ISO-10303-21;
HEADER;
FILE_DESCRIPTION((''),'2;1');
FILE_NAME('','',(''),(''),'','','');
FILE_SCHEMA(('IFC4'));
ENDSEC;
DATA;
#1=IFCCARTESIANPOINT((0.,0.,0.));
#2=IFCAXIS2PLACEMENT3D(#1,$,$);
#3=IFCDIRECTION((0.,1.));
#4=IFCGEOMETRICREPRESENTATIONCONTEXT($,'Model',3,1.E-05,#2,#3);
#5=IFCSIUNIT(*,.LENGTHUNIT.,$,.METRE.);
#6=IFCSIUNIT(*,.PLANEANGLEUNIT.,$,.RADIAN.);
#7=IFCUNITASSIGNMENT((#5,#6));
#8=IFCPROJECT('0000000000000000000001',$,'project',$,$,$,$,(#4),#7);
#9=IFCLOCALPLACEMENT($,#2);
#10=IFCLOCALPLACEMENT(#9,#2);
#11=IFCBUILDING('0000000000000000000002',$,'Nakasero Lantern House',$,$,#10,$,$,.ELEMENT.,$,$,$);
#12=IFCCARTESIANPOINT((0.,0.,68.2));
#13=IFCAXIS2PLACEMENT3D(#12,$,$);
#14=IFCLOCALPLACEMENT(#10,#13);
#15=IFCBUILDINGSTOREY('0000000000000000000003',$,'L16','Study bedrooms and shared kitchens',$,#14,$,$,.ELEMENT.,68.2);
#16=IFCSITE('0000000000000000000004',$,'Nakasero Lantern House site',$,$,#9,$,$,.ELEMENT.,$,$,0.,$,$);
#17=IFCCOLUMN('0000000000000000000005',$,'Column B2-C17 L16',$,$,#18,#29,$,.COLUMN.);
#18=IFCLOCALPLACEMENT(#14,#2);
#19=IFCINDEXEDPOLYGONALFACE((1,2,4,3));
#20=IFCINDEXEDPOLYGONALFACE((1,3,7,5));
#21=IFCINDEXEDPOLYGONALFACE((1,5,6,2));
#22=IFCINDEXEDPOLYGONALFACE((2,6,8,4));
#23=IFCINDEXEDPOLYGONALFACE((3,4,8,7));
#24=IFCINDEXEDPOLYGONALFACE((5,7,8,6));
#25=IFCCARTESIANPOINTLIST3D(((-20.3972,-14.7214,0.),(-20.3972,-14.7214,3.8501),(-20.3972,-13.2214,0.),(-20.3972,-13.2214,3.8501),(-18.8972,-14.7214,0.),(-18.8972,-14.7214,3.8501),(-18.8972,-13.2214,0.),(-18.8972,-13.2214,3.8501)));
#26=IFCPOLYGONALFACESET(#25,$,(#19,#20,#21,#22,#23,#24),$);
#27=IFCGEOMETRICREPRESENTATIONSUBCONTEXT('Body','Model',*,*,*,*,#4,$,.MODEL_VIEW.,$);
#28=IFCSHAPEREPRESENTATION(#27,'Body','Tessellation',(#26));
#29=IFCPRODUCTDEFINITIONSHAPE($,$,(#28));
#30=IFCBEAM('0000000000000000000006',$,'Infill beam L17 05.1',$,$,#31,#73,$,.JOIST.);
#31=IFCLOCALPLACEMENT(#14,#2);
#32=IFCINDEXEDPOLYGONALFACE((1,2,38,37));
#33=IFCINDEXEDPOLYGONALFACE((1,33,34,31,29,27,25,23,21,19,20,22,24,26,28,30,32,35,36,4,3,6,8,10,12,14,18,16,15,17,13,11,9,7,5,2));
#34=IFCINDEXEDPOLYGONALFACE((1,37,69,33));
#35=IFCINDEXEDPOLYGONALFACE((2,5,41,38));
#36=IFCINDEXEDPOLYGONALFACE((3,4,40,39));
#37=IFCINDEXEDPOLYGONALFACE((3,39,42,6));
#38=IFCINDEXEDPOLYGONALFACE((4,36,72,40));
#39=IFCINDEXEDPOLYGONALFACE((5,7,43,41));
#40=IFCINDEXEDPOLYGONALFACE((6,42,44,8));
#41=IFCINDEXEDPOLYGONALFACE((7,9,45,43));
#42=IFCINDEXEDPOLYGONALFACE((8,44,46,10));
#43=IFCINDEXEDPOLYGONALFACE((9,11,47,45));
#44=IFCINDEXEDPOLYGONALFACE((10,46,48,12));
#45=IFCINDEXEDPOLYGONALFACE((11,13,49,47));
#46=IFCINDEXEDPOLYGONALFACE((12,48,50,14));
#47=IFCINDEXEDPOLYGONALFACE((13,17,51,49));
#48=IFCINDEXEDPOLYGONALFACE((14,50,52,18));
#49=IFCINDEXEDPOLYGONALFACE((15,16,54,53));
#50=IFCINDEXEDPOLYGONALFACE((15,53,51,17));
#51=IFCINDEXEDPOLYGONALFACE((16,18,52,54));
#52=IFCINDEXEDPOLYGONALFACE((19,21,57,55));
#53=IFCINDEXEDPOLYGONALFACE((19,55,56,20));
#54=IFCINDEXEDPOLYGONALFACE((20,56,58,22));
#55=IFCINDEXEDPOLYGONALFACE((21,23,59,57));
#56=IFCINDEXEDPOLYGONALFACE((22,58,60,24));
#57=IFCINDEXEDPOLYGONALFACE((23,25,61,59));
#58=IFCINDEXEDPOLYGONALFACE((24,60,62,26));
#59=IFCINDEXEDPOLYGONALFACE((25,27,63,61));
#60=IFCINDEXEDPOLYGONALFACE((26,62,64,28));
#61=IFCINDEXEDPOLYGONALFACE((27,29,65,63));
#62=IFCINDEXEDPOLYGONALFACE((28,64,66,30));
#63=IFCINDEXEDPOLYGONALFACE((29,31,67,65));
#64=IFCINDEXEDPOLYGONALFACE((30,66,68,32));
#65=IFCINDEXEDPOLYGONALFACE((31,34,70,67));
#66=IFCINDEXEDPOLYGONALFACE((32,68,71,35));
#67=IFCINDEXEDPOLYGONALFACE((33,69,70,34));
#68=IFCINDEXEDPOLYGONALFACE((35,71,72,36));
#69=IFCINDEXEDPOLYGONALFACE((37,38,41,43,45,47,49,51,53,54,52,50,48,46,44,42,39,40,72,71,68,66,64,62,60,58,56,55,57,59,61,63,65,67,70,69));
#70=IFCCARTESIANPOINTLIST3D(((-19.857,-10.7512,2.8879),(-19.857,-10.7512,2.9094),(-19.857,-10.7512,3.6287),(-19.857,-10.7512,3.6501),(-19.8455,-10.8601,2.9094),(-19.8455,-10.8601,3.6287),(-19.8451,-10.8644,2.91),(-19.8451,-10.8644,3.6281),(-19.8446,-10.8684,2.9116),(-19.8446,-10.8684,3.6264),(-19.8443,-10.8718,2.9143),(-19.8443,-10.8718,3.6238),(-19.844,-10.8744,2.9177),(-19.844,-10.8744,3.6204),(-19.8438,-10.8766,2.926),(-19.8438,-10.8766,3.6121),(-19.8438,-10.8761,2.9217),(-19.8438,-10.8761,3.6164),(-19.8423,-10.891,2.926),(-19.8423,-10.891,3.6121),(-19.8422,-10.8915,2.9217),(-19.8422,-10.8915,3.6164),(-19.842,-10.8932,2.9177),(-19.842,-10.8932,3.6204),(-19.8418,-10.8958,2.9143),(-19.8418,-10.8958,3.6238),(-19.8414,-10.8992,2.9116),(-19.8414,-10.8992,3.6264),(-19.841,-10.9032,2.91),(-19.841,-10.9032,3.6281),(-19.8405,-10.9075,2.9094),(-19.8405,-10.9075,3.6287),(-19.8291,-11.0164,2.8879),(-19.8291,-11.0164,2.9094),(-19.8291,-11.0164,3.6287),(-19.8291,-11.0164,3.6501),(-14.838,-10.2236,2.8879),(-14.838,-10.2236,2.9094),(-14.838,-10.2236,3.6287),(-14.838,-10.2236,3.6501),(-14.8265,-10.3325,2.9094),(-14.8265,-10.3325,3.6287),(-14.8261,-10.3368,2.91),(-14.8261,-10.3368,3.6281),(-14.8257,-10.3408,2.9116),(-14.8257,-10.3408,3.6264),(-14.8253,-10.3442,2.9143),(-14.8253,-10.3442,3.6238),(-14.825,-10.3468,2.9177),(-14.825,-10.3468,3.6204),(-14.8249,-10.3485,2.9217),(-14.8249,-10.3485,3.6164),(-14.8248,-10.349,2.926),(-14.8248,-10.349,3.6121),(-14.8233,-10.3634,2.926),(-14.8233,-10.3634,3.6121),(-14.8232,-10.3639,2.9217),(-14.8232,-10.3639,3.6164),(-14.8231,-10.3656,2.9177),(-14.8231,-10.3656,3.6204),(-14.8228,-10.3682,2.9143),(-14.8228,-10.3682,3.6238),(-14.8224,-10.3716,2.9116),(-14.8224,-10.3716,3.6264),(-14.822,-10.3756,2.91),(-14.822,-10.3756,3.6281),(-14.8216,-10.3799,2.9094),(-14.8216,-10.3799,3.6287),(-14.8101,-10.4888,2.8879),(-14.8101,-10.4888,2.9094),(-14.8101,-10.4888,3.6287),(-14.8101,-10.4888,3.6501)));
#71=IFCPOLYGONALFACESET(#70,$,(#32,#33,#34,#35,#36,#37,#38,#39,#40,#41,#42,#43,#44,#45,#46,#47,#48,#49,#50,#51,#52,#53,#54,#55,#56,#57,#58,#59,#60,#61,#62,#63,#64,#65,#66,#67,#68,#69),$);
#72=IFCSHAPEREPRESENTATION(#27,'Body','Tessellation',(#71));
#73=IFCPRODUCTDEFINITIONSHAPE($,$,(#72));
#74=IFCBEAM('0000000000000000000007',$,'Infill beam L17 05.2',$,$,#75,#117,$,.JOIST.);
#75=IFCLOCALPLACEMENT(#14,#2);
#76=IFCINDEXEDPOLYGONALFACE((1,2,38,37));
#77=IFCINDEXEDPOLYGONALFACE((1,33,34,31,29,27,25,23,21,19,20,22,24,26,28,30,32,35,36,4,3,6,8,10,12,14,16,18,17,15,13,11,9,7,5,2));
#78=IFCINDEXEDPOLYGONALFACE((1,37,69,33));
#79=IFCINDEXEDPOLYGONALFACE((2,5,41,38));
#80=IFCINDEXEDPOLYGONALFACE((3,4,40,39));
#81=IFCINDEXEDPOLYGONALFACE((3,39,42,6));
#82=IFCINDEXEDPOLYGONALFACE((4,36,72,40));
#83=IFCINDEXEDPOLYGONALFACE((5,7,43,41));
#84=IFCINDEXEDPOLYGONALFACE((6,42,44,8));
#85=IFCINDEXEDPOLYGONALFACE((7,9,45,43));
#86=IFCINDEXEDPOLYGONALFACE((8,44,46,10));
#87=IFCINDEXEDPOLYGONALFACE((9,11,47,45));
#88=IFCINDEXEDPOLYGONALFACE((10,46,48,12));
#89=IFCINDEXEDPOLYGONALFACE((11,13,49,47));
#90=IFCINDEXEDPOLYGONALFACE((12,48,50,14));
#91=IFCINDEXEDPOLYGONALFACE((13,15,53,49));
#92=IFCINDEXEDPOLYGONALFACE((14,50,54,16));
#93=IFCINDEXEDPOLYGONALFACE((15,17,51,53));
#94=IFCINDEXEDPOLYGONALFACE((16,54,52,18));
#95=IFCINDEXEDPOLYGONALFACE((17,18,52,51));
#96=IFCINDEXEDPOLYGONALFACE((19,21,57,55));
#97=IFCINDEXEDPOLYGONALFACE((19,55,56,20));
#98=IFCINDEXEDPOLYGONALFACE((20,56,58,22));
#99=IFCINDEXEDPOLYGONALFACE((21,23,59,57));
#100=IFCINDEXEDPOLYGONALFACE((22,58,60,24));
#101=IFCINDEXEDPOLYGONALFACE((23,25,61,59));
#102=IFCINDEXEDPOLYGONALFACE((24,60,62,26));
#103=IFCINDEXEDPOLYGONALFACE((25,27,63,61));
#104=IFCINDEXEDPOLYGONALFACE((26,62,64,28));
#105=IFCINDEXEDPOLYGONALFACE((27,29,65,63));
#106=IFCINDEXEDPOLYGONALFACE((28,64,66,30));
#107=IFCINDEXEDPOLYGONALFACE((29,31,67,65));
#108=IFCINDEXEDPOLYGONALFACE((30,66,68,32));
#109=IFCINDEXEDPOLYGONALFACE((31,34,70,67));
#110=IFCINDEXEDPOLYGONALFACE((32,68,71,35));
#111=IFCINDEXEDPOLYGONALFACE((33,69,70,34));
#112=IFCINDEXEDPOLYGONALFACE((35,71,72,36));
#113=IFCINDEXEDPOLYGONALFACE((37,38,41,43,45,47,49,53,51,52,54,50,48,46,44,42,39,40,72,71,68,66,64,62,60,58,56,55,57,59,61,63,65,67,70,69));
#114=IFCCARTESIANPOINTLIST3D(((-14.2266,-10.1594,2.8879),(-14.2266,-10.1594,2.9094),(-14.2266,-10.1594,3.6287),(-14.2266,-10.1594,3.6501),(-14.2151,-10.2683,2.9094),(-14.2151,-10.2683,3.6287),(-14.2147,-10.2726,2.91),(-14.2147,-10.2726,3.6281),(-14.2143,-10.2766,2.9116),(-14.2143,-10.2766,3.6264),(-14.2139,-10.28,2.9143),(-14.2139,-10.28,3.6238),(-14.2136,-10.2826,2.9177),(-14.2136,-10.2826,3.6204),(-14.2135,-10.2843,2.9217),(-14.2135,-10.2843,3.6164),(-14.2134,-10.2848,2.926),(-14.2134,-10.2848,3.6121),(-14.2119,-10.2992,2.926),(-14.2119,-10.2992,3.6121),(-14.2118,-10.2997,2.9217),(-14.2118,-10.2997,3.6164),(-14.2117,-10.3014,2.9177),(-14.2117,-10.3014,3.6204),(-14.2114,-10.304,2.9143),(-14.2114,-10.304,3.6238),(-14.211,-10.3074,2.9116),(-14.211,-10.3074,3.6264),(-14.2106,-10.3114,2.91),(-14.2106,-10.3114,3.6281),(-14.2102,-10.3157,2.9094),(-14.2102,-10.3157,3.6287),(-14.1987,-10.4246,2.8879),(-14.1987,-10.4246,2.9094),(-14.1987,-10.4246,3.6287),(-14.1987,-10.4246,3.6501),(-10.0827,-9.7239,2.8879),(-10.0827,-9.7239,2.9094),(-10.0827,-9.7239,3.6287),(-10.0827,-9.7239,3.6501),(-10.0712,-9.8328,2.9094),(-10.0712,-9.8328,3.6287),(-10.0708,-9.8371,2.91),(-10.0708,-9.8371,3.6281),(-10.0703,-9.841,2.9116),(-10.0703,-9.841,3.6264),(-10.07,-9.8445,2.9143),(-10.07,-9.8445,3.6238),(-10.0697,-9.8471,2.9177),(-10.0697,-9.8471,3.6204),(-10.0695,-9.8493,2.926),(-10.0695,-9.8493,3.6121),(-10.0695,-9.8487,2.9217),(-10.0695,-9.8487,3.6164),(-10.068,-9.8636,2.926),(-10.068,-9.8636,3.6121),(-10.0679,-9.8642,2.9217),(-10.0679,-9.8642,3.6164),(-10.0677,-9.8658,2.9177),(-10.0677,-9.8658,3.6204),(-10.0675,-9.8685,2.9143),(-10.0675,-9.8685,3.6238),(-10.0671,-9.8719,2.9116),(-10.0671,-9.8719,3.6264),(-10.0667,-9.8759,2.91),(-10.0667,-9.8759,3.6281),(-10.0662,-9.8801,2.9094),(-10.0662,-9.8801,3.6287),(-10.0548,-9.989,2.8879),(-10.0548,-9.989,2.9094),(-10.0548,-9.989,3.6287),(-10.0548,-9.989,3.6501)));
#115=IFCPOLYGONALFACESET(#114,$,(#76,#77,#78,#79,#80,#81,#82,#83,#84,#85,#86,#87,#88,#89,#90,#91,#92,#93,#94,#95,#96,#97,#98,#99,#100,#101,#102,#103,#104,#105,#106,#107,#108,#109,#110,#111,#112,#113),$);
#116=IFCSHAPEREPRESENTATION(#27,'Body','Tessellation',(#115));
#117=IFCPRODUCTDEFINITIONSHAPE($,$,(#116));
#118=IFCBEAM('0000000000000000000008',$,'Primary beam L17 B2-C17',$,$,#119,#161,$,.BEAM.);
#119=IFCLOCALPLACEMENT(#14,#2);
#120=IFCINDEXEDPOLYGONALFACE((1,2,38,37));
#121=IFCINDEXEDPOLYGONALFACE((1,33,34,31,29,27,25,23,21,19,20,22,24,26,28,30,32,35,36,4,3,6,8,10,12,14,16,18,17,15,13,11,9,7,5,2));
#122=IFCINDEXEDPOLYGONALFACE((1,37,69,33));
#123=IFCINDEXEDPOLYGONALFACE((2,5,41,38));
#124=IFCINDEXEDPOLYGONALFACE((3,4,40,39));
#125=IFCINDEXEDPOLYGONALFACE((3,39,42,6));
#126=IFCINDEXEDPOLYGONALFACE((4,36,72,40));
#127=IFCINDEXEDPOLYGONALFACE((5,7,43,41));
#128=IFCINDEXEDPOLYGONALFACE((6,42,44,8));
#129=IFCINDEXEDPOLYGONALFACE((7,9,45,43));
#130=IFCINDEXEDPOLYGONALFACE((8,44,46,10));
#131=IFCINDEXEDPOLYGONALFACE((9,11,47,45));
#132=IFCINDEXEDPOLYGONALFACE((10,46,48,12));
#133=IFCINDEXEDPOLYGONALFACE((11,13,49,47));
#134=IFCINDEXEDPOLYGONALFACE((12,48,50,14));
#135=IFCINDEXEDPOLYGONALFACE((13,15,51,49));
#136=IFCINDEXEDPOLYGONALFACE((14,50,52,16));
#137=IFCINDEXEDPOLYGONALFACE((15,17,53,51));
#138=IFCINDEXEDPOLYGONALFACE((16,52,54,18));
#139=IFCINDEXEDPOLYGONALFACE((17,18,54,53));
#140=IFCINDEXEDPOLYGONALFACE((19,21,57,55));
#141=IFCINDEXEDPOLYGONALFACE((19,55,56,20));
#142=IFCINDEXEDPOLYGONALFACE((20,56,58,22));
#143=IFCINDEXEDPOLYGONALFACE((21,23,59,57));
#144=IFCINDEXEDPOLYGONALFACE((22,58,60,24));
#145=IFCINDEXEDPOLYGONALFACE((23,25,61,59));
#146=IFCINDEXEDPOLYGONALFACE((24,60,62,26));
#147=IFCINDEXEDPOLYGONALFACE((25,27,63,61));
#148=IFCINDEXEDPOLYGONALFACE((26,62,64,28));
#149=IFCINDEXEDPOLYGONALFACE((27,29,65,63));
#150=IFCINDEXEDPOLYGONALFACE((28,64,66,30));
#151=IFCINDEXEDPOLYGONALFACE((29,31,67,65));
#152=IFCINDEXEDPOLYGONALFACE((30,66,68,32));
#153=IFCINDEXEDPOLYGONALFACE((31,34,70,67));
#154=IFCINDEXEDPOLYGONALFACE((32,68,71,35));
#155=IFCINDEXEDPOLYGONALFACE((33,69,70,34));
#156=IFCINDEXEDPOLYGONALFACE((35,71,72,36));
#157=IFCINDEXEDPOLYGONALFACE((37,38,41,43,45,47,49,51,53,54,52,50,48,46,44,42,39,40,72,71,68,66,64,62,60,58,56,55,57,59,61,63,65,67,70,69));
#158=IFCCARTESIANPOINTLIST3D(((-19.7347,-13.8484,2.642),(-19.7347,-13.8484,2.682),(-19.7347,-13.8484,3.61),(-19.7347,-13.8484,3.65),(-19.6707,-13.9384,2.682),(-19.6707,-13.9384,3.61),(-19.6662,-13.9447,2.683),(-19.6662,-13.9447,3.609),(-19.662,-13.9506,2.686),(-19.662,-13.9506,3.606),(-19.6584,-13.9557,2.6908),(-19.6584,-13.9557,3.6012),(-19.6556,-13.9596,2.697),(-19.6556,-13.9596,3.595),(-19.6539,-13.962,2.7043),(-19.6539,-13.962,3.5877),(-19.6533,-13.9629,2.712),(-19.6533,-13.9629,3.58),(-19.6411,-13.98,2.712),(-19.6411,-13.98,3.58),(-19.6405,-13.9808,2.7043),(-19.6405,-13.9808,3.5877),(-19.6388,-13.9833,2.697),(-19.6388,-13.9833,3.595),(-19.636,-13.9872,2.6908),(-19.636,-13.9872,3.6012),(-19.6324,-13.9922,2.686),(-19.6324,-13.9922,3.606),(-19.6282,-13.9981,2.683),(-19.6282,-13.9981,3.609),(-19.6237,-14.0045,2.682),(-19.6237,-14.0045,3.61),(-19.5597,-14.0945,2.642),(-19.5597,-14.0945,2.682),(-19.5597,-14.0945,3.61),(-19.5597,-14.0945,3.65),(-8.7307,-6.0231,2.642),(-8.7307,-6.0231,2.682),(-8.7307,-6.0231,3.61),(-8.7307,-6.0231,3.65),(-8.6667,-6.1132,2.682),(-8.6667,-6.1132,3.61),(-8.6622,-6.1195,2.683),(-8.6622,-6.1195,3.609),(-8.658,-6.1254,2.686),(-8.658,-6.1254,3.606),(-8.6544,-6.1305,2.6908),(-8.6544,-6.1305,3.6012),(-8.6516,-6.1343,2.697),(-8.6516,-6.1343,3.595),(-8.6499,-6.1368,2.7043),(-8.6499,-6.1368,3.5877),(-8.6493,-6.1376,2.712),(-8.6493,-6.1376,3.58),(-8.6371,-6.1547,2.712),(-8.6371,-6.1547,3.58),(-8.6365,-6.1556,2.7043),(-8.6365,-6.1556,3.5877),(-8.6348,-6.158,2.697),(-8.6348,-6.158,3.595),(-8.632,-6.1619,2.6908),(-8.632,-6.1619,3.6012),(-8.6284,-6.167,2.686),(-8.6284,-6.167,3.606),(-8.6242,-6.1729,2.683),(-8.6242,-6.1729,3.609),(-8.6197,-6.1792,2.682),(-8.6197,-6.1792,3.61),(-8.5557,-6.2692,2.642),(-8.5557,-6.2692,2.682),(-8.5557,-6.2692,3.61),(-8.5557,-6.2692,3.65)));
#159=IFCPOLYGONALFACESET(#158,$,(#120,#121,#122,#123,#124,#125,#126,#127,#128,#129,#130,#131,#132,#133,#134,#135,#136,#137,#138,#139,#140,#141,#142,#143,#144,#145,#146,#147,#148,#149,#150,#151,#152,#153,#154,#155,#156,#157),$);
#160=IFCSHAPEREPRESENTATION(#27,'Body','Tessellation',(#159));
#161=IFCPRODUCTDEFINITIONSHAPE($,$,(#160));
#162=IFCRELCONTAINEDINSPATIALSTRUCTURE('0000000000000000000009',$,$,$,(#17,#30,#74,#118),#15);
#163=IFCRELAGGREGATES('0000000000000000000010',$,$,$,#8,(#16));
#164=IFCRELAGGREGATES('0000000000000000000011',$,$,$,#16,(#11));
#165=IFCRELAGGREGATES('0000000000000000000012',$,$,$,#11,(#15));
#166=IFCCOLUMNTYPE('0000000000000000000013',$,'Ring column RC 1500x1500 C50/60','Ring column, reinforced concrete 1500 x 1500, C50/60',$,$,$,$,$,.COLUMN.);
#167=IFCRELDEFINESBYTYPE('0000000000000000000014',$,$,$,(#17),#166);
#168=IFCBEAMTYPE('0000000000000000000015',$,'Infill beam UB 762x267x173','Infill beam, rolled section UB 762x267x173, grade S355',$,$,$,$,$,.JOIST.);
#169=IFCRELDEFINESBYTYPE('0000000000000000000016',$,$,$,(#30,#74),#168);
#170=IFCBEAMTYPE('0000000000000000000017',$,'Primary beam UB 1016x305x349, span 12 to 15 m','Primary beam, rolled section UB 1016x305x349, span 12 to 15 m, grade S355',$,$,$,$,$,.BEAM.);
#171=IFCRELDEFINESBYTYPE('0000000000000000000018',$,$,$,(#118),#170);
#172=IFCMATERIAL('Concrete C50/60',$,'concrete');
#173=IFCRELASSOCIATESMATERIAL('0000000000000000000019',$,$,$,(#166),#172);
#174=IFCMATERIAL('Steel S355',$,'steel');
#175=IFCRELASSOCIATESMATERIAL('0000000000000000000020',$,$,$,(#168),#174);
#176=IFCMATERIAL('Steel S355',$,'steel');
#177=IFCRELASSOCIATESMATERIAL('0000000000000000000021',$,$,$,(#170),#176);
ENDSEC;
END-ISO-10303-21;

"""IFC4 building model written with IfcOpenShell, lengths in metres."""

from ifc_helpers import new_model, si_unit, direction, frame, origin, origin_2d, place, context, subcontext, project, spatial, rectangle, i_section, extrude, material, material_profile, profile_set, type_object, element, save


model = new_model("IFC4")

# Units and contexts
model_context = context("Model", 3, precision=1e-05, world=origin(), true_north=direction((0.0, 1.0)))
body_context = subcontext(model_context, "Body", "Model", "MODEL_VIEW")
ifc_project = project(units=[si_unit("LENGTHUNIT", "METRE"), si_unit("PLANEANGLEUNIT", "RADIAN")], contexts=[model_context])

# Site, building, storey
site_placement = place(None, origin())
site = spatial("IfcSite", under=ifc_project, at=site_placement, Name="Nakasero Lantern House site", CompositionType="ELEMENT", RefElevation=0.0)
building_placement = place(site_placement, origin())
building = spatial("IfcBuilding", under=site, at=building_placement, Name="Nakasero Lantern House", CompositionType="ELEMENT")
storey_placement = place(building_placement, frame((0.0, 0.0, 68.2)))
storey = spatial("IfcBuildingStorey", under=building, at=storey_placement, Name="L16", Description="Study bedrooms and shared kitchens", CompositionType="ELEMENT", Elevation=68.2)

# Column
ifc_material_1 = material(Name="Concrete C50/60", Category="concrete")
ifc_material_profile_1 = material_profile(ifc_material_1, rectangle(XDim=1.5, YDim=1.5, at=origin_2d()), Name="RC 1500x1500")
ifc_profile_set_1 = profile_set([ifc_material_profile_1], Name="Concrete C50/60")
column_type = type_object("IfcColumnType", Name="Ring column RC 1500x1500 C50/60", Description="Ring column, reinforced concrete 1500 x 1500, C50/60", PredefinedType="COLUMN", material=ifc_profile_set_1)
column_placement = place(storey_placement, frame((-19.6472, -13.9714, 0.0), z_axis=(0.0, 0.0, 1.0), x_axis=(1.0, 0.0, 0.0)))
element("IfcColumn", 1, at=column_placement, inside=storey, type_object=column_type, Name="Column B2-C17 L16", PredefinedType="COLUMN", context=body_context, shape_type="SweptSolid", body=[
    extrude(rectangle(XDim=1.5, YDim=1.5, at=origin_2d()), origin(), (0.0, 0.0, 1.0), 3.8501),
])

# Beams
ifc_material_2 = material(Name="Steel S355", Category="steel")
ifc_material_profile_2 = material_profile(ifc_material_2, i_section(OverallWidth=0.2666, OverallDepth=0.7622, WebThickness=0.0144, FlangeThickness=0.0215, FilletRadius=0.0166, at=origin_2d()), Name="UB 762x267x173")
ifc_profile_set_2 = profile_set([ifc_material_profile_2], Name="Steel S355")
beam_type_1 = type_object("IfcBeamType", Name="Infill beam UB 762x267x173", Description="Infill beam, rolled section UB 762x267x173, grade S355", PredefinedType="JOIST", material=ifc_profile_set_2)
beam_1_placement = place(storey_placement, frame((-19.843, -10.8838, 3.269), z_axis=(0.994521, 0.104541, 0.0), x_axis=(-0.104541, 0.994521, 0.0)))
element("IfcBeam", 2, at=beam_1_placement, inside=storey, type_object=beam_type_1, Name="Infill beam L17 05.1", PredefinedType="JOIST", context=body_context, shape_type="SweptSolid", body=[
    extrude(i_section(OverallWidth=0.2666, OverallDepth=0.7622, WebThickness=0.0144, FlangeThickness=0.0215, FilletRadius=0.0166, at=origin_2d()), origin(), (0.0, 0.0, 1.0), 5.0466),
])
beam_2_placement = place(storey_placement, frame((-14.2126, -10.292, 3.269), z_axis=(0.994522, 0.104526, 0.0), x_axis=(-0.104526, 0.994522, 0.0)))
element("IfcBeam", 3, at=beam_2_placement, inside=storey, type_object=beam_type_1, Name="Infill beam L17 05.2", PredefinedType="JOIST", context=body_context, shape_type="SweptSolid", body=[
    extrude(i_section(OverallWidth=0.2666, OverallDepth=0.7622, WebThickness=0.0144, FlangeThickness=0.0215, FilletRadius=0.0166, at=origin_2d()), origin(), (0.0, 0.0, 1.0), 4.1667),
])
ifc_material_3 = material(Name="Steel S355", Category="steel")
ifc_material_profile_3 = material_profile(ifc_material_3, i_section(OverallWidth=0.302, OverallDepth=1.0081, WebThickness=0.021, FlangeThickness=0.04, FilletRadius=0.03, at=origin_2d()), Name="UB 1016x305x349")
ifc_profile_set_3 = profile_set([ifc_material_profile_3], Name="Steel S355")
beam_type_2 = type_object("IfcBeamType", Name="Primary beam UB 1016x305x349, span 12 to 15 m", Description="Primary beam, rolled section UB 1016x305x349, span 12 to 15 m, grade S355", PredefinedType="BEAM", material=ifc_profile_set_3)
beam_3_placement = place(storey_placement, frame((-19.6472, -13.9714, 3.146), z_axis=(0.814948, 0.579533, 0.0), x_axis=(-0.579533, 0.814948, 0.0)))
element("IfcBeam", 4, at=beam_3_placement, inside=storey, type_object=beam_type_2, Name="Primary beam L17 B2-C17", PredefinedType="BEAM", context=body_context, shape_type="SweptSolid", body=[
    extrude(i_section(OverallWidth=0.302, OverallDepth=1.0081, WebThickness=0.021, FlangeThickness=0.04, FilletRadius=0.03, at=origin_2d()), origin(), (0.0, 0.0, 1.0), 13.5027),
])

save(model, "model.ifc")
